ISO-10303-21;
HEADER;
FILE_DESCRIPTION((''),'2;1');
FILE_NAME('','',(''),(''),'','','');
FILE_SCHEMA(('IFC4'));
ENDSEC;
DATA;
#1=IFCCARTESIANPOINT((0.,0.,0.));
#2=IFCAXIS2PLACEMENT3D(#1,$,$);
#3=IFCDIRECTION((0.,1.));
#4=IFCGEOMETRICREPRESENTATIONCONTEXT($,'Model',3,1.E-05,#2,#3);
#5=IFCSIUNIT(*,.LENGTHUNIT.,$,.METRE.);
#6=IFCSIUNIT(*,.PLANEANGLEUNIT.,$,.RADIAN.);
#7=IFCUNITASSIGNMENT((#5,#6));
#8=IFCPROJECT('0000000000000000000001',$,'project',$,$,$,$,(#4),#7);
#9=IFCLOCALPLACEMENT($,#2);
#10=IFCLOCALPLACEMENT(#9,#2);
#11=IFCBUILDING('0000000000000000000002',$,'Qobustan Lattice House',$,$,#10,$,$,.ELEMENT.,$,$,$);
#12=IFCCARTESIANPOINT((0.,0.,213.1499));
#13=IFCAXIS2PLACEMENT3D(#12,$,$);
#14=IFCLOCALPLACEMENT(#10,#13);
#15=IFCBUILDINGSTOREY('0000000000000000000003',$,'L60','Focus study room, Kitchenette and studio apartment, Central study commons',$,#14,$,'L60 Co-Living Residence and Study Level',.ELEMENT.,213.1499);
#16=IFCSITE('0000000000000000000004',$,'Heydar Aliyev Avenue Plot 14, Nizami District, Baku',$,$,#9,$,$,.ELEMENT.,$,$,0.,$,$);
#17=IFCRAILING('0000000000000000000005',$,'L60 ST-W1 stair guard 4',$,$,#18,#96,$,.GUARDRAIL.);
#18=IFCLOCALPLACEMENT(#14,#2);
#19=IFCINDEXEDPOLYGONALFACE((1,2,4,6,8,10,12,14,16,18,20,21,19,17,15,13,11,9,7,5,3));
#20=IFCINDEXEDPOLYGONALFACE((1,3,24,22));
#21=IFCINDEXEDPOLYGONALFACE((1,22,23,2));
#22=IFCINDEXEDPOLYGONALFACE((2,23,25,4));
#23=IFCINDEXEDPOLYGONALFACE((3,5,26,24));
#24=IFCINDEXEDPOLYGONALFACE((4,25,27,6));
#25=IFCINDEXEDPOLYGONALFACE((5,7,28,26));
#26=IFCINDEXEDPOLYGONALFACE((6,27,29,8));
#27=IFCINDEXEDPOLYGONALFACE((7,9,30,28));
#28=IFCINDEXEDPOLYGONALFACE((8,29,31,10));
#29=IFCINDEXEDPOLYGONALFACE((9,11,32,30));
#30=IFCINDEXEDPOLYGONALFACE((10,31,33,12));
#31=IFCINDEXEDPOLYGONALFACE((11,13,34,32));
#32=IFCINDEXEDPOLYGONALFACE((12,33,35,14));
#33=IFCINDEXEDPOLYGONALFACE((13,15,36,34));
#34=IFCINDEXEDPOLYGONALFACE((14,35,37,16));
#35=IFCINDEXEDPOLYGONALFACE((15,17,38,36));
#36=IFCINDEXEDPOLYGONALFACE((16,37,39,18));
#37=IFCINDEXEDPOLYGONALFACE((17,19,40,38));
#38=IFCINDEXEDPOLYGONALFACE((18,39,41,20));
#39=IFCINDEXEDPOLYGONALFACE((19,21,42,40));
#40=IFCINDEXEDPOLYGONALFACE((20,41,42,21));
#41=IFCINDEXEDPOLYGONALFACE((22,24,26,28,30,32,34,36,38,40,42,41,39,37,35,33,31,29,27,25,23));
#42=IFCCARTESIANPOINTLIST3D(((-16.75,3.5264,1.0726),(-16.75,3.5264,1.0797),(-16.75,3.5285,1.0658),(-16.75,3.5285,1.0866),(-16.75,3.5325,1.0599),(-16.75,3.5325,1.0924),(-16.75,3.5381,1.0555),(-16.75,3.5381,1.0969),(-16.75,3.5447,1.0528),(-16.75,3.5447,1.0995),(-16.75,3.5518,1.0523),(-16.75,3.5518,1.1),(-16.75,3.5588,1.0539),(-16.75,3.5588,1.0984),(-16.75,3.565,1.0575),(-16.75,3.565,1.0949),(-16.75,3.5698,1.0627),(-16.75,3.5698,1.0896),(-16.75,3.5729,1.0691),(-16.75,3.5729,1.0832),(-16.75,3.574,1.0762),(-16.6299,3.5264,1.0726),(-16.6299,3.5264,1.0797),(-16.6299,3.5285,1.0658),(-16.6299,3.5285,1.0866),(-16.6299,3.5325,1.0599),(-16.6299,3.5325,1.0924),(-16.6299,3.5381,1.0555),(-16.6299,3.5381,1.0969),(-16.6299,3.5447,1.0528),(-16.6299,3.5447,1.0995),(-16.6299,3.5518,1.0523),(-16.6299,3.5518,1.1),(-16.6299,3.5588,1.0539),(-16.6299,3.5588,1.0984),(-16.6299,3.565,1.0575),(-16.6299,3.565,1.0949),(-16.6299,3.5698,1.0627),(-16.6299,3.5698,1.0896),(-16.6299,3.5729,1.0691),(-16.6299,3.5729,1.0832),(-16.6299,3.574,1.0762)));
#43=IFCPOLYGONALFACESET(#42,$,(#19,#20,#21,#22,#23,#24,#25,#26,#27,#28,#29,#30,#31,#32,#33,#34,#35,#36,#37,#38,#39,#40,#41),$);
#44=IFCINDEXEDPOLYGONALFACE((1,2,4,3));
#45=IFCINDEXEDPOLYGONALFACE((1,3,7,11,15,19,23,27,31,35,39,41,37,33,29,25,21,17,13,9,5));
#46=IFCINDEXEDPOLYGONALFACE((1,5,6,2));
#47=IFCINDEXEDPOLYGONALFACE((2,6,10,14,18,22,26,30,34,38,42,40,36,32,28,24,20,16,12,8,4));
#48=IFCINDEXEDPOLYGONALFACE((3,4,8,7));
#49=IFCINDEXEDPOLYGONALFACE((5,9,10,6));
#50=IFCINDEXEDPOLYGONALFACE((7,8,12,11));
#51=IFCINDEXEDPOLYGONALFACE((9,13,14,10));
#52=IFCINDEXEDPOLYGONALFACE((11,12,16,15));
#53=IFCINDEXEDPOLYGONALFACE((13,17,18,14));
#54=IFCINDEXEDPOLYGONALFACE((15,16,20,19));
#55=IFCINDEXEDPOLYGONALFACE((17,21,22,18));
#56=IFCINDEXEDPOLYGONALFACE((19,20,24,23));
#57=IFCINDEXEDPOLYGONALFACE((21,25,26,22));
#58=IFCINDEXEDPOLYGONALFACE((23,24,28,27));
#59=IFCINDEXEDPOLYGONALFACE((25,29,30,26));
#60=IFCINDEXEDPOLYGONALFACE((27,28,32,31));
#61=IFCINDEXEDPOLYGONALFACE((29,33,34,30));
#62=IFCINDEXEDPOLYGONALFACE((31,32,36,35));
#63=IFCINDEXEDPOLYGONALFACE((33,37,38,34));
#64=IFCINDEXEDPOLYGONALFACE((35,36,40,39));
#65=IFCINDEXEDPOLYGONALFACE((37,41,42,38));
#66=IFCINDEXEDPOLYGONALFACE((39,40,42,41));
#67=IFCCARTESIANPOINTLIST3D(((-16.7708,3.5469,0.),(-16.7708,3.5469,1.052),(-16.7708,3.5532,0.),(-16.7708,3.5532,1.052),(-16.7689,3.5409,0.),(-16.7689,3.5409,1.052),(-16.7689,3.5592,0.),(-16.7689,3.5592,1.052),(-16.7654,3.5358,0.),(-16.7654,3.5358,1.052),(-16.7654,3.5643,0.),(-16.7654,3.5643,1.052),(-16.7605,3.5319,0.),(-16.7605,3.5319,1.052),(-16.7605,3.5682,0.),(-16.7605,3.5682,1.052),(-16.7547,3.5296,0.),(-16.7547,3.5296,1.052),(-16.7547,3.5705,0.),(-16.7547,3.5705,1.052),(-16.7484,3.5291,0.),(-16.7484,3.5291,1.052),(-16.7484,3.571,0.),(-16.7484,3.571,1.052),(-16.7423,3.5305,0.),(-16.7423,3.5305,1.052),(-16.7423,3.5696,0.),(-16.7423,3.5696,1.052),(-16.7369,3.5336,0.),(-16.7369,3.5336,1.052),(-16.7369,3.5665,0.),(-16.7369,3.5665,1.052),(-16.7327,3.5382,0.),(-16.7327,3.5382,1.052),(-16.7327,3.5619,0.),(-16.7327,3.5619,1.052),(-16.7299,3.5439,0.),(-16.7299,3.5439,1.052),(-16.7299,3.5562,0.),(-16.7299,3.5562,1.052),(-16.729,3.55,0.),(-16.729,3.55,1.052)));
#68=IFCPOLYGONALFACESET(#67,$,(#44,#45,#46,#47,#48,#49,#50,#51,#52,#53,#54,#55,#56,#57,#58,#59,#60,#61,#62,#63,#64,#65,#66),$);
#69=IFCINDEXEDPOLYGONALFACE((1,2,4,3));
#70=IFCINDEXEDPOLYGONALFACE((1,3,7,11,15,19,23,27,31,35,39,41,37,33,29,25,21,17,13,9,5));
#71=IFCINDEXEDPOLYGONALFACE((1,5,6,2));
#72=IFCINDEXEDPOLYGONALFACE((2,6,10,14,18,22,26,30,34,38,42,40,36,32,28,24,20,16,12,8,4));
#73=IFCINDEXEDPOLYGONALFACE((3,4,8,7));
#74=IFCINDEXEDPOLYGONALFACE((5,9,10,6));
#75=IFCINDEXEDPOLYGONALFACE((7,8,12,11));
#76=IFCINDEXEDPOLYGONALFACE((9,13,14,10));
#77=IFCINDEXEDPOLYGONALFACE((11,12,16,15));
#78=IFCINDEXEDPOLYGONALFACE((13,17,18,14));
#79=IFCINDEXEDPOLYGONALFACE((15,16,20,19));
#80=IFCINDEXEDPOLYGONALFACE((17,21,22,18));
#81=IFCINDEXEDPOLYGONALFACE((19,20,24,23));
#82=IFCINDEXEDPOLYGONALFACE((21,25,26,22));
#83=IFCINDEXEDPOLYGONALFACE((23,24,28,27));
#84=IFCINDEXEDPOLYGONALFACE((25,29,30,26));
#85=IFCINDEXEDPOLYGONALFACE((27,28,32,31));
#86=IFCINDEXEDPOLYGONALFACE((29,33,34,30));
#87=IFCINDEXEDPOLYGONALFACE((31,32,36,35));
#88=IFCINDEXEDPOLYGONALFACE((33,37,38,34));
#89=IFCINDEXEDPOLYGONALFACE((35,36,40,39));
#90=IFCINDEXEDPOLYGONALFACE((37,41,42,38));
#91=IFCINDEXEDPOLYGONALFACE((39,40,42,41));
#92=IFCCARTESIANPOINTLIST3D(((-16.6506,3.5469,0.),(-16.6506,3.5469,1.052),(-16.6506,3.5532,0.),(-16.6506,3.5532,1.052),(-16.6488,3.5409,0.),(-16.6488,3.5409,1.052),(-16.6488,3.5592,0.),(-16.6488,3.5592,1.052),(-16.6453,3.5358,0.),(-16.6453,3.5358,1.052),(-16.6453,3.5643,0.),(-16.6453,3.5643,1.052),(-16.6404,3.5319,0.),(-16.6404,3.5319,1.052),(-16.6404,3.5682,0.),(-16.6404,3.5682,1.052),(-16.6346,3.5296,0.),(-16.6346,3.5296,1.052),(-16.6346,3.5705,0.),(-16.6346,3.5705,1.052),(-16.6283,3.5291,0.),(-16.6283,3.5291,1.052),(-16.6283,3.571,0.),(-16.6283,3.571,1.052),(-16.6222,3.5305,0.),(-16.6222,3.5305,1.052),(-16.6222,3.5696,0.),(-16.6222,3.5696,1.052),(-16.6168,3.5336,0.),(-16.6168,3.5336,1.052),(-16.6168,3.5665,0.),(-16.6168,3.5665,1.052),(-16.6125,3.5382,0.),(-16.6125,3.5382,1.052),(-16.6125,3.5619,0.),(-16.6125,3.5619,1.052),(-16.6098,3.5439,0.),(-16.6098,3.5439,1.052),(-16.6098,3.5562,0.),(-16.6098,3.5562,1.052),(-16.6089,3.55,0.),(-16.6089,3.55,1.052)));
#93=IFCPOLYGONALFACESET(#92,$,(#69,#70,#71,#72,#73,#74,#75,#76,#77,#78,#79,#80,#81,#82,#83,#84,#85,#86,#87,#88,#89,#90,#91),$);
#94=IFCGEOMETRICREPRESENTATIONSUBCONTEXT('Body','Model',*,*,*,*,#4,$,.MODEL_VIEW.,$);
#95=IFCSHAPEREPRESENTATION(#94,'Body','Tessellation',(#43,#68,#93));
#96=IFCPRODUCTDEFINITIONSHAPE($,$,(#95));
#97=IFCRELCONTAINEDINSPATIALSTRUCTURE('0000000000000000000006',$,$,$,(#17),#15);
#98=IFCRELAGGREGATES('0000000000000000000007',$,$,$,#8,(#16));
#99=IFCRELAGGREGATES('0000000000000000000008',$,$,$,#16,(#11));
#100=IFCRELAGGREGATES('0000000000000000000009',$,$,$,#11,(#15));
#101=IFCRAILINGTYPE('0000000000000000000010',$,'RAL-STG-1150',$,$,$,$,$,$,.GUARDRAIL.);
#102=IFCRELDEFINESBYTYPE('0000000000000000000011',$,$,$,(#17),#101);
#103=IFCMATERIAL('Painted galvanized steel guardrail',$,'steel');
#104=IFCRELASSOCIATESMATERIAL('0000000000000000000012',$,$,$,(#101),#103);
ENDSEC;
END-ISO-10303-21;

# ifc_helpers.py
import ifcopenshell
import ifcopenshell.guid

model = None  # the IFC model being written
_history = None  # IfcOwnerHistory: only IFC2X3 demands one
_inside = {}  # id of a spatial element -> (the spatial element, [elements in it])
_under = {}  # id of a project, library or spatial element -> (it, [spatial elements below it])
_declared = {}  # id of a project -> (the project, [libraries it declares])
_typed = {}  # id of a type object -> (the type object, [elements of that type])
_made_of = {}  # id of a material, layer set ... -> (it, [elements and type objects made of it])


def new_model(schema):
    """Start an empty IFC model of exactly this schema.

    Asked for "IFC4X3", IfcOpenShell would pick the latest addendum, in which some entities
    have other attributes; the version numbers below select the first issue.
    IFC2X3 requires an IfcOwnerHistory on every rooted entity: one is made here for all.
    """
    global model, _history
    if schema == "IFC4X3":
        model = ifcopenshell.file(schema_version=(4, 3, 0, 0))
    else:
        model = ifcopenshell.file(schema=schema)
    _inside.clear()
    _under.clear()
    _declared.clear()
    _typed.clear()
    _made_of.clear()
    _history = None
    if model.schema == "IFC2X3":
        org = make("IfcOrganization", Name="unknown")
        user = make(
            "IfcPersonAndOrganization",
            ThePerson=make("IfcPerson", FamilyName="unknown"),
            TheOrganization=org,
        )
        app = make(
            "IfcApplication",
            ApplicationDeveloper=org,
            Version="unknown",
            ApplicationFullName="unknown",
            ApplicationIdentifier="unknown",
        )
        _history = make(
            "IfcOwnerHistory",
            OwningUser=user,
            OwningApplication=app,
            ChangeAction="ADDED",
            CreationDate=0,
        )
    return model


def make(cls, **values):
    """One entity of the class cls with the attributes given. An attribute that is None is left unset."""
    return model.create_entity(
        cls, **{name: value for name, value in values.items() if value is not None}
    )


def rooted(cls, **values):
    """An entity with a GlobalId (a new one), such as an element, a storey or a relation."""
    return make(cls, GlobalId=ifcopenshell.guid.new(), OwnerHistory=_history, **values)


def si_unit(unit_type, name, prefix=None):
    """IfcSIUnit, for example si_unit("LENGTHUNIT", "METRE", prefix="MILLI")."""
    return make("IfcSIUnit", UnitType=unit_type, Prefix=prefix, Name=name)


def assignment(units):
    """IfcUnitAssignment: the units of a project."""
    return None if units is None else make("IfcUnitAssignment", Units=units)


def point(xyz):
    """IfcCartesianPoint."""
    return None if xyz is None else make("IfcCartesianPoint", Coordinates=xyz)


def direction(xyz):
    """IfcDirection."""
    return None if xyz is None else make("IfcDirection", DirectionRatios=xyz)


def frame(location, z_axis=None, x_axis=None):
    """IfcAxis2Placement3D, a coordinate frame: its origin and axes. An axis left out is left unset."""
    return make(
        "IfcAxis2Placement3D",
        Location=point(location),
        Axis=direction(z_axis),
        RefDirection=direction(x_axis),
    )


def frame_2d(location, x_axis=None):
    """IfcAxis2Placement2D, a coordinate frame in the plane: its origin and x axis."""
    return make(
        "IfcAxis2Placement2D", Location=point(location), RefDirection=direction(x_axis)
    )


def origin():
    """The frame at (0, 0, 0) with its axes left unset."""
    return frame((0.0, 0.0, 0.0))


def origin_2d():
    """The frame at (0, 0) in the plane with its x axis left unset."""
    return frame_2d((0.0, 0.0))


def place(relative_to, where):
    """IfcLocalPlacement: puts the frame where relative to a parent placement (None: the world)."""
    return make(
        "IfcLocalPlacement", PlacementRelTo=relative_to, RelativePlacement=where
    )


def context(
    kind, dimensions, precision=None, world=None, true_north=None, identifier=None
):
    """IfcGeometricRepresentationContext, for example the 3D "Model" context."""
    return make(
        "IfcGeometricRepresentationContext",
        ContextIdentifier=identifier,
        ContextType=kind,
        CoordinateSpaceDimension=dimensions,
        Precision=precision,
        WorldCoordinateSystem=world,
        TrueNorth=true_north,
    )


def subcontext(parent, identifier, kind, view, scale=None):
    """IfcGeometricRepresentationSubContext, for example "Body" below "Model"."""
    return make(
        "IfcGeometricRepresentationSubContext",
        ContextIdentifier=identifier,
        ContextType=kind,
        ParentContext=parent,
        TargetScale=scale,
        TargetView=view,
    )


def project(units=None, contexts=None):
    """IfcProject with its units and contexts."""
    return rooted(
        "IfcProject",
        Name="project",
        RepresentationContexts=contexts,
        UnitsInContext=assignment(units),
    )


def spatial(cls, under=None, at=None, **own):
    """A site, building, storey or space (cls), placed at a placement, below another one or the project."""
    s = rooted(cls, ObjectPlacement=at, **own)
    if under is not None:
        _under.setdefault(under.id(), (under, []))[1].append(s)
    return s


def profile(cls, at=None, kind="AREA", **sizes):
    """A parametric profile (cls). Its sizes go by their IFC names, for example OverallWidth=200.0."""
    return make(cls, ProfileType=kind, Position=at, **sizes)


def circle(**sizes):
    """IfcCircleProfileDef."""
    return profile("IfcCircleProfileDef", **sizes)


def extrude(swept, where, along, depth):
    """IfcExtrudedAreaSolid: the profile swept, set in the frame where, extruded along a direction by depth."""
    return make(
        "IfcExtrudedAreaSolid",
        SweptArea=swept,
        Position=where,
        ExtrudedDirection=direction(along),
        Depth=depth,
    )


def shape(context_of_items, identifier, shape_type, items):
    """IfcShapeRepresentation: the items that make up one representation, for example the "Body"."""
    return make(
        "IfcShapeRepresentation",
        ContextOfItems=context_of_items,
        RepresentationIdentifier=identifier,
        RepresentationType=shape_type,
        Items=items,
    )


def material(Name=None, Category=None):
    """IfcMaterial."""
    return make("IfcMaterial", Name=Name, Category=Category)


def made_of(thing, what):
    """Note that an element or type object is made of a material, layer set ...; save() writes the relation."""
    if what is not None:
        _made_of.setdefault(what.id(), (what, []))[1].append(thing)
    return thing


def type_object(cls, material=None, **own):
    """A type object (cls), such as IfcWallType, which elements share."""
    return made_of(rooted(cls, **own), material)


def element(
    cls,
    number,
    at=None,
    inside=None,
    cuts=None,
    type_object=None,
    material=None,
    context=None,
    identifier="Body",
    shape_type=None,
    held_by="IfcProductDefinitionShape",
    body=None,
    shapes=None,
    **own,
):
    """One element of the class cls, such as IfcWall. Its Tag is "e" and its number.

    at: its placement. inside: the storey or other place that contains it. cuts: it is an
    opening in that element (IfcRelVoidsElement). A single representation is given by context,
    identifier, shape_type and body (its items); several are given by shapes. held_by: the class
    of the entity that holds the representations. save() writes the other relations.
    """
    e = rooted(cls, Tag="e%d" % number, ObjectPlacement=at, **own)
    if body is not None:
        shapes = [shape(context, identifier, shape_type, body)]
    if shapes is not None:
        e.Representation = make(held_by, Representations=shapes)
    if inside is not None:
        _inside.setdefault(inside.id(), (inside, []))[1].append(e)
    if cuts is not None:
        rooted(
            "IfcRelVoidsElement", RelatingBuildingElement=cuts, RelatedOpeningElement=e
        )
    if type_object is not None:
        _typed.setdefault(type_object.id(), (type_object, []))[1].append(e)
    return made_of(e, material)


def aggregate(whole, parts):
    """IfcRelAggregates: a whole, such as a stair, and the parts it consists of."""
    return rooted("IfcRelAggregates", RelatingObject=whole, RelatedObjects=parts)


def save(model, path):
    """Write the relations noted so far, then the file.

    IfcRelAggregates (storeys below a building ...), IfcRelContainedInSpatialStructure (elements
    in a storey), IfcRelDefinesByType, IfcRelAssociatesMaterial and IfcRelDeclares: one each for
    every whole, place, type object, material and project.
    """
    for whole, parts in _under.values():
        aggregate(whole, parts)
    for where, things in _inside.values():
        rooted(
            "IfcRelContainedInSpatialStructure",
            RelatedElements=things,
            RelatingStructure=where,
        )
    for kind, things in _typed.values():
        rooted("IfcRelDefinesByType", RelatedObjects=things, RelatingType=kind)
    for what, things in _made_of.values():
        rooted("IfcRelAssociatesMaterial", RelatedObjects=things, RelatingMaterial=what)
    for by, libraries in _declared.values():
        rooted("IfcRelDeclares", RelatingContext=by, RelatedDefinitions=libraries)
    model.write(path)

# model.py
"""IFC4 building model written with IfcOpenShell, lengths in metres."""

from ifc_helpers import new_model, si_unit, direction, frame, origin, origin_2d, place, context, subcontext, project, spatial, circle, extrude, material, type_object, element, save


model = new_model("IFC4")

# Units and contexts
model_context = context("Model", 3, precision=1e-05, world=origin(), true_north=direction((0.0, 1.0)))
body_context = subcontext(model_context, "Body", "Model", "MODEL_VIEW")
ifc_project = project(units=[si_unit("LENGTHUNIT", "METRE"), si_unit("PLANEANGLEUNIT", "RADIAN")], contexts=[model_context])

# Site, building, storey
site_placement = place(None, origin())
site = spatial("IfcSite", under=ifc_project, at=site_placement, Name="Heydar Aliyev Avenue Plot 14, Nizami District, Baku", CompositionType="ELEMENT", RefElevation=0.0)
building_placement = place(site_placement, origin())
building = spatial("IfcBuilding", under=site, at=building_placement, Name="Qobustan Lattice House", CompositionType="ELEMENT")
storey_placement = place(building_placement, frame((0.0, 0.0, 213.1499)))
storey = spatial("IfcBuildingStorey", under=building, at=storey_placement, Name="L60", Description="Focus study room, Kitchenette and studio apartment, Central study commons", LongName="L60 Co-Living Residence and Study Level", CompositionType="ELEMENT", Elevation=213.1499)

# Railing
ifc_material_1 = material(Name="Painted galvanized steel guardrail", Category="steel")
railing_type_1 = type_object("IfcRailingType", Name="RAL-STG-1150", PredefinedType="GUARDRAIL", material=ifc_material_1)
railing_1_placement = place(storey_placement, frame((-16.75, 3.55, 0.0)))
element("IfcRailing", 1, at=railing_1_placement, inside=storey, type_object=railing_type_1, Name="L60 ST-W1 stair guard 4", PredefinedType="GUARDRAIL", context=body_context, shape_type="SweptSolid", body=[
    extrude(circle(Radius=0.0239, at=origin_2d()), frame((0.0, 0.0, 1.0762), z_axis=(1.0, 0.0, 0.0), x_axis=(0.0, 1.0, 0.0)), (0.0, 0.0, 1.0), 0.1201),
    extrude(circle(Radius=0.021, at=origin_2d()), origin(), (0.0, 0.0, 1.0), 1.052),
    extrude(circle(Radius=0.021, at=origin_2d()), frame((0.1201, 0.0, 0.0)), (0.0, 0.0, 1.0), 1.052),
])

save(model, "model.ifc")
